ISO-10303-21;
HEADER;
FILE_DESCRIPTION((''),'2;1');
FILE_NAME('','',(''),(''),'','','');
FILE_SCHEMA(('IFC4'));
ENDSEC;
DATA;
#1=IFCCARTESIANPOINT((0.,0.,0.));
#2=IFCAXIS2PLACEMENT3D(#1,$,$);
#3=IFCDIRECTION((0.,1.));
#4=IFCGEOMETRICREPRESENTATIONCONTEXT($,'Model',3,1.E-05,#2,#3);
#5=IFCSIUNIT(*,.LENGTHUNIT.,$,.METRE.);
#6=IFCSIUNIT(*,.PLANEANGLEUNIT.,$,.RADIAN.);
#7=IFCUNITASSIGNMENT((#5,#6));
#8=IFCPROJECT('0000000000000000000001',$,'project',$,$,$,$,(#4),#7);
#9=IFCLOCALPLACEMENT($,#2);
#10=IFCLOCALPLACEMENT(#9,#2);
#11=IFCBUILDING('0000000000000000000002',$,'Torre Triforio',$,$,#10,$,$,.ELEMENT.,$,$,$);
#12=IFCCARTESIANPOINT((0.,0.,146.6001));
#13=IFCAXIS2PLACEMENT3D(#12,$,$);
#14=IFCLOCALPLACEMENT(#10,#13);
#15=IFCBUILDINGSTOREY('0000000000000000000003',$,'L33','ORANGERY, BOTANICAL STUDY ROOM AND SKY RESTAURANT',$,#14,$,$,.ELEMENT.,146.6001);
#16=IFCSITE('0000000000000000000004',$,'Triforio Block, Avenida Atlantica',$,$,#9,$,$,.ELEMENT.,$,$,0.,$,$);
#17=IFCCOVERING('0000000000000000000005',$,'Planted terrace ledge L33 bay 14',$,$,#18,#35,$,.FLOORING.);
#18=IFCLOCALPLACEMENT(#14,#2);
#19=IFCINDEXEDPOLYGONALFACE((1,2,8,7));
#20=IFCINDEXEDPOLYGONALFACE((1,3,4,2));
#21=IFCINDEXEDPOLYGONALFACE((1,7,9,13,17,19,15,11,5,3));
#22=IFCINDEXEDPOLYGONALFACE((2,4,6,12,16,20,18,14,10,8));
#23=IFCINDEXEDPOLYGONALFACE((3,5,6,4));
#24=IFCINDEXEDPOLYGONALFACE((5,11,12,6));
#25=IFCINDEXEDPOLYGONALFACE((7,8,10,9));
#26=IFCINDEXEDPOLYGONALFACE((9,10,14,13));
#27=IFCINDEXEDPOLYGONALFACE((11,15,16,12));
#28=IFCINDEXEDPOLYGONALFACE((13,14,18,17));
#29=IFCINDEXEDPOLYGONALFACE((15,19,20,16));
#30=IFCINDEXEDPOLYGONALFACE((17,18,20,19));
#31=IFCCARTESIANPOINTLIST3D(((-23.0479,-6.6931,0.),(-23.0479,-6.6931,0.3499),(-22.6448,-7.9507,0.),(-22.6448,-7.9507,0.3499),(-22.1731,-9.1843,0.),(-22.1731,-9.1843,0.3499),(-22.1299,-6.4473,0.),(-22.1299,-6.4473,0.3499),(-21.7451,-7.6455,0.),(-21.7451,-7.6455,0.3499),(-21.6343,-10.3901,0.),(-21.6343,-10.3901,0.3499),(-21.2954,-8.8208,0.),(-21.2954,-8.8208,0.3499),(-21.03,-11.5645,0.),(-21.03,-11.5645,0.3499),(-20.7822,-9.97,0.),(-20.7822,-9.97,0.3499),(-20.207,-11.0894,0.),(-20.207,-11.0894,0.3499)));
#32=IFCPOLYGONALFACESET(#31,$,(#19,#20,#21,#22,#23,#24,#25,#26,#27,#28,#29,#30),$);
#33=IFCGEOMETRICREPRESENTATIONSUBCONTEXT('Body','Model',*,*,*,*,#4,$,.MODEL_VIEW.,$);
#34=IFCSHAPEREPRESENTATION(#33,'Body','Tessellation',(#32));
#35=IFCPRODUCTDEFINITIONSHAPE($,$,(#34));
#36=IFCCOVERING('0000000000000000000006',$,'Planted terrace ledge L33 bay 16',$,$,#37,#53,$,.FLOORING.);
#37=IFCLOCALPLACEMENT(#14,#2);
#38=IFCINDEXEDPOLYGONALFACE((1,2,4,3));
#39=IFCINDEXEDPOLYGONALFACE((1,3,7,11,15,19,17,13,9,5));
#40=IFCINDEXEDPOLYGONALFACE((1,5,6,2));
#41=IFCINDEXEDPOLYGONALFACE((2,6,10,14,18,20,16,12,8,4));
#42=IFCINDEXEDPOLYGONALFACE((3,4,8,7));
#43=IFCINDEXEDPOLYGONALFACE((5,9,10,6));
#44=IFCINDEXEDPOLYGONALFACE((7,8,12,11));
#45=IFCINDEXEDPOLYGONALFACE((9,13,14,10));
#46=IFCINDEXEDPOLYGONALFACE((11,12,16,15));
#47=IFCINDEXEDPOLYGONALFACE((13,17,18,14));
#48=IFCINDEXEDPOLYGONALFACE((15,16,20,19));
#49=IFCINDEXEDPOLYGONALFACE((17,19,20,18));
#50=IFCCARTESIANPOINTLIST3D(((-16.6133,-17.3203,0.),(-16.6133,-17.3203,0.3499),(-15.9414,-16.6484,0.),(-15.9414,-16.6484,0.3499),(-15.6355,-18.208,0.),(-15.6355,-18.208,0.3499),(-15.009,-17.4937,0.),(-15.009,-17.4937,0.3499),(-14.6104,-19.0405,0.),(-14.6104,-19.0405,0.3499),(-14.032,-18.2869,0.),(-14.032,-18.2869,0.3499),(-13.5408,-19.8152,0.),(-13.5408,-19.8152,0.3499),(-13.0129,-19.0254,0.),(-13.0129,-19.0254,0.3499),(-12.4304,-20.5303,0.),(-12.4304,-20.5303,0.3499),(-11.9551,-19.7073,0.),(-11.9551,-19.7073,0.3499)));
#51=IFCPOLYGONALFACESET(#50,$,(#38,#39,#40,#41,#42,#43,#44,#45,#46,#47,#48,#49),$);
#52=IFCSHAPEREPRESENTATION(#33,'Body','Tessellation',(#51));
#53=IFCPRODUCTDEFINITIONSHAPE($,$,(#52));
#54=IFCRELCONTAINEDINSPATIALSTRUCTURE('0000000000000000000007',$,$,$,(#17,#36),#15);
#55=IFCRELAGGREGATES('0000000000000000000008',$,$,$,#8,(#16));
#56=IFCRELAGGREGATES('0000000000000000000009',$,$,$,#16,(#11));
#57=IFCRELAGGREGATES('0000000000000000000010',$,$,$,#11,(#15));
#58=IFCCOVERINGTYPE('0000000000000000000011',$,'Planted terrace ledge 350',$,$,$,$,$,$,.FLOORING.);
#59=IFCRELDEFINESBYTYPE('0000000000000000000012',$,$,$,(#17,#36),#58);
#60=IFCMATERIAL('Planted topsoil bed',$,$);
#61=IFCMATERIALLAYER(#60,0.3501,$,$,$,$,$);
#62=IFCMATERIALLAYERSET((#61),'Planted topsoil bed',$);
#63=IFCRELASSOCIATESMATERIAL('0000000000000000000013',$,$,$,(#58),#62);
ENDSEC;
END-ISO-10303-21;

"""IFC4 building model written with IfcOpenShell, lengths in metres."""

from ifc_helpers import new_model, si_unit, direction, frame, origin, place, context, subcontext, project, spatial, polyline, outline, extrude, material, layer, layer_set, type_object, element, save


model = new_model("IFC4")

# Units and contexts
model_context = context("Model", 3, precision=1e-05, world=origin(), true_north=direction((0.0, 1.0)))
body_context = subcontext(model_context, "Body", "Model", "MODEL_VIEW")
ifc_project = project(units=[si_unit("LENGTHUNIT", "METRE"), si_unit("PLANEANGLEUNIT", "RADIAN")], contexts=[model_context])

# Site, building, storey
site_placement = place(None, origin())
site = spatial("IfcSite", under=ifc_project, at=site_placement, Name="Triforio Block, Avenida Atlantica", CompositionType="ELEMENT", RefElevation=0.0)
building_placement = place(site_placement, origin())
building = spatial("IfcBuilding", under=site, at=building_placement, Name="Torre Triforio", CompositionType="ELEMENT")
storey_placement = place(building_placement, frame((0.0, 0.0, 146.6001)))
storey = spatial("IfcBuildingStorey", under=building, at=storey_placement, Name="L33", Description="ORANGERY, BOTANICAL STUDY ROOM AND SKY RESTAURANT", CompositionType="ELEMENT", Elevation=146.6001)

# Coverings
ifc_material = material(Name="Planted topsoil bed")
ifc_layer_1 = layer(ifc_material, 0.3501)
ifc_layer_set_1 = layer_set([ifc_layer_1], Name="Planted topsoil bed")
covering_type_1 = type_object("IfcCoveringType", Name="Planted terrace ledge 350", PredefinedType="FLOORING", material=ifc_layer_set_1)
covering_1_placement = place(storey_placement, origin())
element("IfcCovering", 1, at=covering_1_placement, inside=storey, type_object=covering_type_1, Name="Planted terrace ledge L33 bay 14", PredefinedType="FLOORING", context=body_context, shape_type="SweptSolid", body=[
    extrude(outline(polyline([(-22.1299, -6.4473), (-21.7451, -7.6455), (-21.2954, -8.8208), (-20.7822, -9.97), (-20.207, -11.0894), (-21.03, -11.5645), (-21.6343, -10.3901), (-22.1731, -9.1843), (-22.6448, -7.9507), (-23.0479, -6.6931), (-22.1299, -6.4473)])), origin(), (0.0, 0.0, 1.0), 0.3499),
])
covering_2_placement = place(storey_placement, origin())
element("IfcCovering", 2, at=covering_2_placement, inside=storey, type_object=covering_type_1, Name="Planted terrace ledge L33 bay 16", PredefinedType="FLOORING", context=body_context, shape_type="SweptSolid", body=[
    extrude(outline(polyline([(-15.9414, -16.6484), (-15.009, -17.4937), (-14.032, -18.2869), (-13.0129, -19.0254), (-11.9551, -19.7073), (-12.4304, -20.5303), (-13.5408, -19.8152), (-14.6104, -19.0405), (-15.6355, -18.208), (-16.6133, -17.3203), (-15.9414, -16.6484)])), origin(), (0.0, 0.0, 1.0), 0.3499),
])

save(model, "model.ifc")
